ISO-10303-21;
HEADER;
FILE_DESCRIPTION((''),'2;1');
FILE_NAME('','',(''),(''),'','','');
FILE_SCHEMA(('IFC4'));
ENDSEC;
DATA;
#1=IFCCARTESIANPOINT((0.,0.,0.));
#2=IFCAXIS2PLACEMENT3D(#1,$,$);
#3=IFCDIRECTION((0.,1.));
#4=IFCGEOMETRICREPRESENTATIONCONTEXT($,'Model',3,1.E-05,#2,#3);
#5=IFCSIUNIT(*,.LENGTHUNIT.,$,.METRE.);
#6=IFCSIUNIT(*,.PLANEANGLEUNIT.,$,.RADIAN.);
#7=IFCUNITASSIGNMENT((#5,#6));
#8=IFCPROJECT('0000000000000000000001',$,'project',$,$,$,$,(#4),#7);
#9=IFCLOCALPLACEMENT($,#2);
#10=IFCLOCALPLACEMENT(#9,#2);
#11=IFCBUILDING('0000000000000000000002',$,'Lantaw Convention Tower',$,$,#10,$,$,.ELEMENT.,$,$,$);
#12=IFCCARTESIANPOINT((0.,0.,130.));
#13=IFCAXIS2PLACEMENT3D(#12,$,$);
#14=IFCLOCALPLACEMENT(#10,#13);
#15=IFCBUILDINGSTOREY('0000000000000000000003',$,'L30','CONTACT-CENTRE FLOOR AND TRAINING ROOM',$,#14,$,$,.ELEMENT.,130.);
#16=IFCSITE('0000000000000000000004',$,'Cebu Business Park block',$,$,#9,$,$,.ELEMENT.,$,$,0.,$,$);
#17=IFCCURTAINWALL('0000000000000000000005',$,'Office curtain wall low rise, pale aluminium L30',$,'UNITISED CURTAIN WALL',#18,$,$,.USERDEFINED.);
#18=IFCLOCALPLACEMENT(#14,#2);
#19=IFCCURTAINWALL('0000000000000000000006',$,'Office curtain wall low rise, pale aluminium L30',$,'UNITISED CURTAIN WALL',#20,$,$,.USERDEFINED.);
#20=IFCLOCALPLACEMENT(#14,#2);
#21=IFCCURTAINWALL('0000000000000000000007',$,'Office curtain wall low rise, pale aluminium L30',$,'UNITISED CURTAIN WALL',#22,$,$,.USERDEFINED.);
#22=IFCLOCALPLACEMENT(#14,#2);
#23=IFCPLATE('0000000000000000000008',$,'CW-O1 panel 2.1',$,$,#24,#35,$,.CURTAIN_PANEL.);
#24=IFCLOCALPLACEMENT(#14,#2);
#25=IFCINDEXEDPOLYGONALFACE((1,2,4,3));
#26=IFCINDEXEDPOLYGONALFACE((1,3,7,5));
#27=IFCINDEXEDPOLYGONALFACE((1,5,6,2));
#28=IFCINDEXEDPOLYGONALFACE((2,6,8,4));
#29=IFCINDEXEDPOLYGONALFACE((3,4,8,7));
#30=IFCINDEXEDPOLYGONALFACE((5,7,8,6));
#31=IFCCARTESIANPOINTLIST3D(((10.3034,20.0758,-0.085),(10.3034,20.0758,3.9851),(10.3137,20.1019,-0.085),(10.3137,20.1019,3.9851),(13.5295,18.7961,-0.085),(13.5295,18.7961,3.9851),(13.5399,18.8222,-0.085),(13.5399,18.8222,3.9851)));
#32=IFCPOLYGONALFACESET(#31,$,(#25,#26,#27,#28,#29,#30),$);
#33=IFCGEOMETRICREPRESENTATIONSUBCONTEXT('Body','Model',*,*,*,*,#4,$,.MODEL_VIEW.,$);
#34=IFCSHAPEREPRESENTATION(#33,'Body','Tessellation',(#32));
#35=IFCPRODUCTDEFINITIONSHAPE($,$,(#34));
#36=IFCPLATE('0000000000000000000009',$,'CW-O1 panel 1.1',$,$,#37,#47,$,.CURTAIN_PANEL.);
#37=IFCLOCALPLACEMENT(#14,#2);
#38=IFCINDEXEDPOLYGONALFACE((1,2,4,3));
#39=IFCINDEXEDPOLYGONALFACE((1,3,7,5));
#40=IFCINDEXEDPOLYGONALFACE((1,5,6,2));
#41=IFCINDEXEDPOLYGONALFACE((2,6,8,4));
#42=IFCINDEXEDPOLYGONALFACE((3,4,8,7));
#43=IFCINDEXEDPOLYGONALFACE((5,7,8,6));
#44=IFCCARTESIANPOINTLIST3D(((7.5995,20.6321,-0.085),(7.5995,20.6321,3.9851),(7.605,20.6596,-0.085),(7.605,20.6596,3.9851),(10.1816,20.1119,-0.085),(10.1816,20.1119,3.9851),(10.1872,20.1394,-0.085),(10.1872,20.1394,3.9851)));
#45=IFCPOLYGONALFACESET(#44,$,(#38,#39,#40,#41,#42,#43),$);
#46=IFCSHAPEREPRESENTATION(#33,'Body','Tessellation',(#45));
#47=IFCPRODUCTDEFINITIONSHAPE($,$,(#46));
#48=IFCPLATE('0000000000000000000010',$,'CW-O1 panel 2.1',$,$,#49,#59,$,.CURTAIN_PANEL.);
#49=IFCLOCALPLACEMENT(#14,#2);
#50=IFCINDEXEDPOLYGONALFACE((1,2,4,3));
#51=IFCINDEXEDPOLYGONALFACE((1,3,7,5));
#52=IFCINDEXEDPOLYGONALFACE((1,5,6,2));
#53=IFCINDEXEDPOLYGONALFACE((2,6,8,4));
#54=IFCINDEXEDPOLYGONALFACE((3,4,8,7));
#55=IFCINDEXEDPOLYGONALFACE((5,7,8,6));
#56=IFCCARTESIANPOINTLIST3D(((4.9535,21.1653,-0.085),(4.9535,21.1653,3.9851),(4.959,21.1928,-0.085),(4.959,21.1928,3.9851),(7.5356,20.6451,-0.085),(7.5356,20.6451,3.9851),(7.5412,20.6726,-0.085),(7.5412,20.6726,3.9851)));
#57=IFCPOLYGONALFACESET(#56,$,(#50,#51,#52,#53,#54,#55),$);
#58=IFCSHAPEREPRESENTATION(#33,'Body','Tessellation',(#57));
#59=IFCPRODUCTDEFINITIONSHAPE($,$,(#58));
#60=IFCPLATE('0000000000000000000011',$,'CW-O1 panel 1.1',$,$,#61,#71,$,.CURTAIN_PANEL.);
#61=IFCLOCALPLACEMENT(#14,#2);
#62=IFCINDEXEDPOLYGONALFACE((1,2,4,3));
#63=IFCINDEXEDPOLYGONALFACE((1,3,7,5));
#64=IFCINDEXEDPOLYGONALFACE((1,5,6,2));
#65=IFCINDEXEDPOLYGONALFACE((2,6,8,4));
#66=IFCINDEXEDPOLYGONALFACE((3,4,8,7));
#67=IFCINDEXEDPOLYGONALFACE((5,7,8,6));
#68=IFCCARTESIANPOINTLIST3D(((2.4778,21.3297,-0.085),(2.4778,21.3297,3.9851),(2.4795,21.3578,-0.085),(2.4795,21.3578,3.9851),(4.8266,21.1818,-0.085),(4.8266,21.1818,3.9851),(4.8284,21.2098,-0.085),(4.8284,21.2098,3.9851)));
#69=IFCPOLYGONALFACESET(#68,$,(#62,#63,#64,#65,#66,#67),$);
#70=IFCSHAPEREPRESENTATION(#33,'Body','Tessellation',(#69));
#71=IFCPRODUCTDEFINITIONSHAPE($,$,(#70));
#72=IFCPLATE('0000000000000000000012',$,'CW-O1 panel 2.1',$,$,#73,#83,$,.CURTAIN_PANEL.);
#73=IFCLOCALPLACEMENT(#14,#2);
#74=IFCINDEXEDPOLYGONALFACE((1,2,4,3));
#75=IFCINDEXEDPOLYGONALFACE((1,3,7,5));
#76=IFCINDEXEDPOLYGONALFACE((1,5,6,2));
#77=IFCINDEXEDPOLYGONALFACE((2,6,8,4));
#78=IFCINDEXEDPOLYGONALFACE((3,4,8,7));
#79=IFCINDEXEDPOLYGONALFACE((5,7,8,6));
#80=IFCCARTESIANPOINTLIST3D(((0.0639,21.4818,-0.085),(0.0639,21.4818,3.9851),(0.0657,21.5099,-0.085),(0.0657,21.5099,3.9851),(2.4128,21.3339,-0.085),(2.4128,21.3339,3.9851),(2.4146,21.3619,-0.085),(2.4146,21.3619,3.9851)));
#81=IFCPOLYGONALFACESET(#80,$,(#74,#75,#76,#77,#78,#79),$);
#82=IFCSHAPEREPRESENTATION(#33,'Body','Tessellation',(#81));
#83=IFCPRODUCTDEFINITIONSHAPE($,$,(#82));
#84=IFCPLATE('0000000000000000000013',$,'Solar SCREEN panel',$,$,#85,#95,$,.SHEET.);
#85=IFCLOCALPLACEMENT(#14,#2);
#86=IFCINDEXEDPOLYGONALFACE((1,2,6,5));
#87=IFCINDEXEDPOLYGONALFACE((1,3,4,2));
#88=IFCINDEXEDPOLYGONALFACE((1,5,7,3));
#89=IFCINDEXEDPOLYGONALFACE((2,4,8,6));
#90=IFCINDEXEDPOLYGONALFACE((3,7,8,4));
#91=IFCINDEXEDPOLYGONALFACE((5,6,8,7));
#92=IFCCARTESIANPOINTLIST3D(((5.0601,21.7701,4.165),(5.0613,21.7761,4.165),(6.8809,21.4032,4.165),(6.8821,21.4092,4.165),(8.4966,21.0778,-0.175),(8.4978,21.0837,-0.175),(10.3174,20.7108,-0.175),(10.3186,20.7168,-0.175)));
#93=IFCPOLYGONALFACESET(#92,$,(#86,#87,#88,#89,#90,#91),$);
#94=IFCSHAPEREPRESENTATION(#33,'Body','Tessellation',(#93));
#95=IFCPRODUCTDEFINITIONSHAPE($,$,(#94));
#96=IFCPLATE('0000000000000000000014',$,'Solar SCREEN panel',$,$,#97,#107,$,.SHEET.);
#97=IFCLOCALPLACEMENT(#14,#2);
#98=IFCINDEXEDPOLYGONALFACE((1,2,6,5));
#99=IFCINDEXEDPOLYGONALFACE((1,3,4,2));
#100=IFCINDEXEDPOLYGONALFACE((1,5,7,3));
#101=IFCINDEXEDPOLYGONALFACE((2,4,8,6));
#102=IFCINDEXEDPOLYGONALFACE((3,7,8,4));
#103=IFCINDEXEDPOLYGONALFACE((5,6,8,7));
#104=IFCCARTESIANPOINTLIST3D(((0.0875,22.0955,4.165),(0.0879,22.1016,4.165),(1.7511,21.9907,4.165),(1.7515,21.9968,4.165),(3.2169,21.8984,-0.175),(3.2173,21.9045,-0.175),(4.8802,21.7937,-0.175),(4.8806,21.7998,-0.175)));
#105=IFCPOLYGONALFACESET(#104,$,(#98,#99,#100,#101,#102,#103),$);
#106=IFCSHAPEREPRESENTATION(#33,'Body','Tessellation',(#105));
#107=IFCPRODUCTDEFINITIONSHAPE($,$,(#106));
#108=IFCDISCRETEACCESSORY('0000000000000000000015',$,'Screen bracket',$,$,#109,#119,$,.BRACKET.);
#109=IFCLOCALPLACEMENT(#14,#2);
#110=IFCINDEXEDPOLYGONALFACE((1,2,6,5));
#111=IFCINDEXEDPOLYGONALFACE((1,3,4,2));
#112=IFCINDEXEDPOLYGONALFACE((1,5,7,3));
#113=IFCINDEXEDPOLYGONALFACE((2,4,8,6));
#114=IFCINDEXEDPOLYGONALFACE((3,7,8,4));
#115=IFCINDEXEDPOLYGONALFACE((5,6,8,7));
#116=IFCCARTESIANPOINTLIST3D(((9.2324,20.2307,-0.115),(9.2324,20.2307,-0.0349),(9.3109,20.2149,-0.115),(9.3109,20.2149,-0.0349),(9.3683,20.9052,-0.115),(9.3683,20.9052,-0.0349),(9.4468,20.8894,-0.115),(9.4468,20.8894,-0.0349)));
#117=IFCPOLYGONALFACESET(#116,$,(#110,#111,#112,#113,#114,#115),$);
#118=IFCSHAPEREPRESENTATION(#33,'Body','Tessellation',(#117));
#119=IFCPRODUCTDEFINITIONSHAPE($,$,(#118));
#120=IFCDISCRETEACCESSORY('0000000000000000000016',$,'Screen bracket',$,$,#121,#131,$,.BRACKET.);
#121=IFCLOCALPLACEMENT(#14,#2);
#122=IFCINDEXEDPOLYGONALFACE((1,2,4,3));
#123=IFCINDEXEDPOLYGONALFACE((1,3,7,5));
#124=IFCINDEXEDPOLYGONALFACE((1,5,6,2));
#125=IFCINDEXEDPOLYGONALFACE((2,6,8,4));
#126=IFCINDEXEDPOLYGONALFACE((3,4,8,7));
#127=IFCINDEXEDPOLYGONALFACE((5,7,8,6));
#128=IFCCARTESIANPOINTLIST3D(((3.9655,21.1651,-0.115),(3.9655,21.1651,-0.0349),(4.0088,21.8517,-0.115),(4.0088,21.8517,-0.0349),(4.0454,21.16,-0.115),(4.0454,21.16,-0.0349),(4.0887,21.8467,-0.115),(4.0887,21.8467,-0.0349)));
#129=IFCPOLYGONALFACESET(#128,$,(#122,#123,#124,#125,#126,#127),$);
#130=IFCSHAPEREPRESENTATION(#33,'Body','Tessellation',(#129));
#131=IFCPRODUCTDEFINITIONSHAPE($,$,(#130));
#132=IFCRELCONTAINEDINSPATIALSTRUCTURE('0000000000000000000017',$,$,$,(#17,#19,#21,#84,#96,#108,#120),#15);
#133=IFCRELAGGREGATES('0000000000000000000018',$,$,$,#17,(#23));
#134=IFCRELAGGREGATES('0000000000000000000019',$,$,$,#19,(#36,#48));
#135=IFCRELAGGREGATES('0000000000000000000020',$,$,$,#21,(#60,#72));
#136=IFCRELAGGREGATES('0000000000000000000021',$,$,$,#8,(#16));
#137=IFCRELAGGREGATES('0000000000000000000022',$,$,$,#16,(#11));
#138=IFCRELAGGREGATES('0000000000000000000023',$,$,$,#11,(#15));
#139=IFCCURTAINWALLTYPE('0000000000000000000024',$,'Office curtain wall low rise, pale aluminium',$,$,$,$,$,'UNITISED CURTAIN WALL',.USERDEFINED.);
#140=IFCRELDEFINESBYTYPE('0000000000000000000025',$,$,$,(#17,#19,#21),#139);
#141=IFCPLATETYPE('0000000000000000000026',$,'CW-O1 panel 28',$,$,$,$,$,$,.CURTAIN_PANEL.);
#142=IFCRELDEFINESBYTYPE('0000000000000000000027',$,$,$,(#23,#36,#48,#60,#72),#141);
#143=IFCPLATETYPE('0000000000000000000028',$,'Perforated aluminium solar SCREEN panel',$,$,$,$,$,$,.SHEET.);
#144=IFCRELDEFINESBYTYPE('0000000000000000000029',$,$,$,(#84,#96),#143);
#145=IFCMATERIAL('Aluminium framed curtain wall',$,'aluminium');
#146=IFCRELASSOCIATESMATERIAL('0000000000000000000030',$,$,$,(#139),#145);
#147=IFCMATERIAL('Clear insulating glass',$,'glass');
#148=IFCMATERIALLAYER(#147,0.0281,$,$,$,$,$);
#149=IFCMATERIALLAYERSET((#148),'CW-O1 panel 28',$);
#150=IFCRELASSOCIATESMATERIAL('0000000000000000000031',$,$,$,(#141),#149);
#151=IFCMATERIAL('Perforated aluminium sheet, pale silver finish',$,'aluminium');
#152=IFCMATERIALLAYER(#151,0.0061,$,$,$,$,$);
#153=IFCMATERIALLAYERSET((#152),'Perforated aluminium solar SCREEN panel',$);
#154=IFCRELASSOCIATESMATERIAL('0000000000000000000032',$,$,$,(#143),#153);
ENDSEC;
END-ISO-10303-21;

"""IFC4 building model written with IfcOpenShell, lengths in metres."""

from ifc_helpers import new_model, si_unit, direction, frame, origin, origin_2d, place, context, subcontext, project, spatial, polyline, rectangle, outline, extrude, material, layer, layer_set, type_object, element, aggregate, save


model = new_model("IFC4")

# Units and contexts
model_context = context("Model", 3, precision=1e-05, world=origin(), true_north=direction((0.0, 1.0)))
body_context = subcontext(model_context, "Body", "Model", "MODEL_VIEW")
ifc_project = project(units=[si_unit("LENGTHUNIT", "METRE"), si_unit("PLANEANGLEUNIT", "RADIAN")], contexts=[model_context])

# Site, building, storey
site_placement = place(None, origin())
site = spatial("IfcSite", under=ifc_project, at=site_placement, Name="Cebu Business Park block", CompositionType="ELEMENT", RefElevation=0.0)
building_placement = place(site_placement, origin())
building = spatial("IfcBuilding", under=site, at=building_placement, Name="Lantaw Convention Tower", CompositionType="ELEMENT")
storey_placement = place(building_placement, frame((0.0, 0.0, 130.0)))
storey = spatial("IfcBuildingStorey", under=building, at=storey_placement, Name="L30", Description="CONTACT-CENTRE FLOOR AND TRAINING ROOM", CompositionType="ELEMENT", Elevation=130.0)

# Curtain walls
ifc_material_1 = material(Name="Aluminium framed curtain wall", Category="aluminium")
curtain_wall_type = type_object("IfcCurtainWallType", Name="Office curtain wall low rise, pale aluminium", ElementType="UNITISED CURTAIN WALL", PredefinedType="USERDEFINED", material=ifc_material_1)
curtain_wall_1_placement = place(storey_placement, origin())
curtain_wall_1 = element("IfcCurtainWall", 1, at=curtain_wall_1_placement, inside=storey, type_object=curtain_wall_type, Name="Office curtain wall low rise, pale aluminium L30", ObjectType="UNITISED CURTAIN WALL", PredefinedType="USERDEFINED")
curtain_wall_2_placement = place(storey_placement, origin())
curtain_wall_2 = element("IfcCurtainWall", 2, at=curtain_wall_2_placement, inside=storey, type_object=curtain_wall_type, Name="Office curtain wall low rise, pale aluminium L30", ObjectType="UNITISED CURTAIN WALL", PredefinedType="USERDEFINED")
curtain_wall_3_placement = place(storey_placement, origin())
curtain_wall_3 = element("IfcCurtainWall", 3, at=curtain_wall_3_placement, inside=storey, type_object=curtain_wall_type, Name="Office curtain wall low rise, pale aluminium L30", ObjectType="UNITISED CURTAIN WALL", PredefinedType="USERDEFINED")

# Plates
ifc_material_2 = material(Name="Clear insulating glass", Category="glass")
ifc_layer_1 = layer(ifc_material_2, 0.0281)
ifc_layer_set_1 = layer_set([ifc_layer_1], Name="CW-O1 panel 28")
plate_type_1 = type_object("IfcPlateType", Name="CW-O1 panel 28", PredefinedType="CURTAIN_PANEL", material=ifc_layer_set_1)
plate_1_placement = place(storey_placement, frame((11.9216, 19.449, -0.085), z_axis=(0.0, 0.0, 1.0), x_axis=(-0.929548, 0.368702, 0.0)))
plate_1 = element("IfcPlate", 4, at=plate_1_placement, type_object=plate_type_1, Name="CW-O1 panel 2.1", PredefinedType="CURTAIN_PANEL", context=body_context, shape_type="SweptSolid", body=[
    extrude(rectangle(XDim=3.4707, YDim=0.0281, at=origin_2d()), origin(), (0.0, 0.0, 1.0), 4.0701),
])
aggregate(curtain_wall_1, [plate_1])
plate_2_placement = place(storey_placement, frame((8.8933, 20.3857, -0.085), z_axis=(0.0, 0.0, 1.0), x_axis=(-0.980302, 0.197507, 0.0)))
plate_2 = element("IfcPlate", 5, at=plate_2_placement, type_object=plate_type_1, Name="CW-O1 panel 1.1", PredefinedType="CURTAIN_PANEL", context=body_context, shape_type="SweptSolid", body=[
    extrude(rectangle(XDim=2.634, YDim=0.0281, at=origin_2d()), origin(), (0.0, 0.0, 1.0), 4.0701),
])
plate_3_placement = place(storey_placement, frame((6.2473, 20.9189, -0.085), z_axis=(0.0, 0.0, 1.0), x_axis=(-0.980302, 0.197507, 0.0)))
plate_3 = element("IfcPlate", 6, at=plate_3_placement, type_object=plate_type_1, Name="CW-O1 panel 2.1", PredefinedType="CURTAIN_PANEL", context=body_context, shape_type="SweptSolid", body=[
    extrude(rectangle(XDim=2.634, YDim=0.0281, at=origin_2d()), origin(), (0.0, 0.0, 1.0), 4.0701),
])
aggregate(curtain_wall_2, [plate_2, plate_3])
plate_4_placement = place(storey_placement, frame((3.6531, 21.2698, -0.085), z_axis=(0.0, 0.0, 1.0), x_axis=(-0.998022, 0.062865, 0.0)))
plate_4 = element("IfcPlate", 7, at=plate_4_placement, type_object=plate_type_1, Name="CW-O1 panel 1.1", PredefinedType="CURTAIN_PANEL", context=body_context, shape_type="SweptSolid", body=[
    extrude(rectangle(XDim=2.3535, YDim=0.0281, at=origin_2d()), origin(), (0.0, 0.0, 1.0), 4.0701),
])
plate_5_placement = place(storey_placement, frame((1.2393, 21.4219, -0.085), z_axis=(0.0, 0.0, 1.0), x_axis=(-0.998022, 0.062865, 0.0)))
plate_5 = element("IfcPlate", 8, at=plate_5_placement, type_object=plate_type_1, Name="CW-O1 panel 2.1", PredefinedType="CURTAIN_PANEL", context=body_context, shape_type="SweptSolid", body=[
    extrude(rectangle(XDim=2.3535, YDim=0.0281, at=origin_2d()), origin(), (0.0, 0.0, 1.0), 4.0701),
])
aggregate(curtain_wall_3, [plate_4, plate_5])

# Plates
ifc_material_3 = material(Name="Perforated aluminium sheet, pale silver finish", Category="aluminium")
ifc_layer_2 = layer(ifc_material_3, 0.0061)
ifc_layer_set_2 = layer_set([ifc_layer_2], Name="Perforated aluminium solar SCREEN panel")
plate_type_2 = type_object("IfcPlateType", Name="Perforated aluminium solar SCREEN panel", PredefinedType="SHEET", material=ifc_layer_set_2)
plate_6_placement = place(storey_placement, frame((10.3186, 20.7168, -0.175), z_axis=(0.197557, 0.980291, 0.000039), x_axis=(-0.980291, 0.197557, 0.0)))
element("IfcPlate", 9, at=plate_6_placement, inside=storey, type_object=plate_type_2, Name="Solar SCREEN panel", PredefinedType="SHEET", context=body_context, shape_type="SweptSolid", body=[
    extrude(outline(polyline([(0.0, 0.0), (1.8574, 0.0), (5.363, 4.3401), (3.5056, 4.3401), (0.0, 0.0)])), origin(), (0.0, 0.0, -1.0), 0.0061),
])
plate_7_placement = place(storey_placement, frame((4.8806, 21.7998, -0.175), z_axis=(0.062839, 0.998024, 0.000002), x_axis=(-0.998024, 0.062839, 0.0)))
element("IfcPlate", 10, at=plate_7_placement, inside=storey, type_object=plate_type_2, Name="Solar SCREEN panel", PredefinedType="SHEET", context=body_context, shape_type="SweptSolid", body=[
    extrude(outline(polyline([(0.0, 0.0), (1.6666, 0.0), (4.8022, 4.3401), (3.1353, 4.3401), (0.0, 0.0)])), origin(), (0.0, 0.0, -1.0), 0.0061),
])

# Discrete accessories
for number, where, z_axis, x_axis, name in (
    (11, (9.3396, 20.5601, -0.115), (0.0, 0.0, 1.0), (-0.980302, 0.197507, 0.0), "Screen bracket"),
    (12, (4.0271, 21.5059, -0.115), (0.0, 0.0, 1.0), (-0.998022, 0.062865, 0.0), "Screen bracket"),
):
    element("IfcDiscreteAccessory", number, at=place(storey_placement, frame(where, z_axis=z_axis, x_axis=x_axis)), inside=storey, Name=name, PredefinedType="BRACKET", context=body_context, shape_type="SweptSolid", body=[
        extrude(rectangle(XDim=0.0801, YDim=0.688, at=origin_2d()), origin(), (0.0, 0.0, 1.0), 0.0801),
    ])

save(model, "model.ifc")
